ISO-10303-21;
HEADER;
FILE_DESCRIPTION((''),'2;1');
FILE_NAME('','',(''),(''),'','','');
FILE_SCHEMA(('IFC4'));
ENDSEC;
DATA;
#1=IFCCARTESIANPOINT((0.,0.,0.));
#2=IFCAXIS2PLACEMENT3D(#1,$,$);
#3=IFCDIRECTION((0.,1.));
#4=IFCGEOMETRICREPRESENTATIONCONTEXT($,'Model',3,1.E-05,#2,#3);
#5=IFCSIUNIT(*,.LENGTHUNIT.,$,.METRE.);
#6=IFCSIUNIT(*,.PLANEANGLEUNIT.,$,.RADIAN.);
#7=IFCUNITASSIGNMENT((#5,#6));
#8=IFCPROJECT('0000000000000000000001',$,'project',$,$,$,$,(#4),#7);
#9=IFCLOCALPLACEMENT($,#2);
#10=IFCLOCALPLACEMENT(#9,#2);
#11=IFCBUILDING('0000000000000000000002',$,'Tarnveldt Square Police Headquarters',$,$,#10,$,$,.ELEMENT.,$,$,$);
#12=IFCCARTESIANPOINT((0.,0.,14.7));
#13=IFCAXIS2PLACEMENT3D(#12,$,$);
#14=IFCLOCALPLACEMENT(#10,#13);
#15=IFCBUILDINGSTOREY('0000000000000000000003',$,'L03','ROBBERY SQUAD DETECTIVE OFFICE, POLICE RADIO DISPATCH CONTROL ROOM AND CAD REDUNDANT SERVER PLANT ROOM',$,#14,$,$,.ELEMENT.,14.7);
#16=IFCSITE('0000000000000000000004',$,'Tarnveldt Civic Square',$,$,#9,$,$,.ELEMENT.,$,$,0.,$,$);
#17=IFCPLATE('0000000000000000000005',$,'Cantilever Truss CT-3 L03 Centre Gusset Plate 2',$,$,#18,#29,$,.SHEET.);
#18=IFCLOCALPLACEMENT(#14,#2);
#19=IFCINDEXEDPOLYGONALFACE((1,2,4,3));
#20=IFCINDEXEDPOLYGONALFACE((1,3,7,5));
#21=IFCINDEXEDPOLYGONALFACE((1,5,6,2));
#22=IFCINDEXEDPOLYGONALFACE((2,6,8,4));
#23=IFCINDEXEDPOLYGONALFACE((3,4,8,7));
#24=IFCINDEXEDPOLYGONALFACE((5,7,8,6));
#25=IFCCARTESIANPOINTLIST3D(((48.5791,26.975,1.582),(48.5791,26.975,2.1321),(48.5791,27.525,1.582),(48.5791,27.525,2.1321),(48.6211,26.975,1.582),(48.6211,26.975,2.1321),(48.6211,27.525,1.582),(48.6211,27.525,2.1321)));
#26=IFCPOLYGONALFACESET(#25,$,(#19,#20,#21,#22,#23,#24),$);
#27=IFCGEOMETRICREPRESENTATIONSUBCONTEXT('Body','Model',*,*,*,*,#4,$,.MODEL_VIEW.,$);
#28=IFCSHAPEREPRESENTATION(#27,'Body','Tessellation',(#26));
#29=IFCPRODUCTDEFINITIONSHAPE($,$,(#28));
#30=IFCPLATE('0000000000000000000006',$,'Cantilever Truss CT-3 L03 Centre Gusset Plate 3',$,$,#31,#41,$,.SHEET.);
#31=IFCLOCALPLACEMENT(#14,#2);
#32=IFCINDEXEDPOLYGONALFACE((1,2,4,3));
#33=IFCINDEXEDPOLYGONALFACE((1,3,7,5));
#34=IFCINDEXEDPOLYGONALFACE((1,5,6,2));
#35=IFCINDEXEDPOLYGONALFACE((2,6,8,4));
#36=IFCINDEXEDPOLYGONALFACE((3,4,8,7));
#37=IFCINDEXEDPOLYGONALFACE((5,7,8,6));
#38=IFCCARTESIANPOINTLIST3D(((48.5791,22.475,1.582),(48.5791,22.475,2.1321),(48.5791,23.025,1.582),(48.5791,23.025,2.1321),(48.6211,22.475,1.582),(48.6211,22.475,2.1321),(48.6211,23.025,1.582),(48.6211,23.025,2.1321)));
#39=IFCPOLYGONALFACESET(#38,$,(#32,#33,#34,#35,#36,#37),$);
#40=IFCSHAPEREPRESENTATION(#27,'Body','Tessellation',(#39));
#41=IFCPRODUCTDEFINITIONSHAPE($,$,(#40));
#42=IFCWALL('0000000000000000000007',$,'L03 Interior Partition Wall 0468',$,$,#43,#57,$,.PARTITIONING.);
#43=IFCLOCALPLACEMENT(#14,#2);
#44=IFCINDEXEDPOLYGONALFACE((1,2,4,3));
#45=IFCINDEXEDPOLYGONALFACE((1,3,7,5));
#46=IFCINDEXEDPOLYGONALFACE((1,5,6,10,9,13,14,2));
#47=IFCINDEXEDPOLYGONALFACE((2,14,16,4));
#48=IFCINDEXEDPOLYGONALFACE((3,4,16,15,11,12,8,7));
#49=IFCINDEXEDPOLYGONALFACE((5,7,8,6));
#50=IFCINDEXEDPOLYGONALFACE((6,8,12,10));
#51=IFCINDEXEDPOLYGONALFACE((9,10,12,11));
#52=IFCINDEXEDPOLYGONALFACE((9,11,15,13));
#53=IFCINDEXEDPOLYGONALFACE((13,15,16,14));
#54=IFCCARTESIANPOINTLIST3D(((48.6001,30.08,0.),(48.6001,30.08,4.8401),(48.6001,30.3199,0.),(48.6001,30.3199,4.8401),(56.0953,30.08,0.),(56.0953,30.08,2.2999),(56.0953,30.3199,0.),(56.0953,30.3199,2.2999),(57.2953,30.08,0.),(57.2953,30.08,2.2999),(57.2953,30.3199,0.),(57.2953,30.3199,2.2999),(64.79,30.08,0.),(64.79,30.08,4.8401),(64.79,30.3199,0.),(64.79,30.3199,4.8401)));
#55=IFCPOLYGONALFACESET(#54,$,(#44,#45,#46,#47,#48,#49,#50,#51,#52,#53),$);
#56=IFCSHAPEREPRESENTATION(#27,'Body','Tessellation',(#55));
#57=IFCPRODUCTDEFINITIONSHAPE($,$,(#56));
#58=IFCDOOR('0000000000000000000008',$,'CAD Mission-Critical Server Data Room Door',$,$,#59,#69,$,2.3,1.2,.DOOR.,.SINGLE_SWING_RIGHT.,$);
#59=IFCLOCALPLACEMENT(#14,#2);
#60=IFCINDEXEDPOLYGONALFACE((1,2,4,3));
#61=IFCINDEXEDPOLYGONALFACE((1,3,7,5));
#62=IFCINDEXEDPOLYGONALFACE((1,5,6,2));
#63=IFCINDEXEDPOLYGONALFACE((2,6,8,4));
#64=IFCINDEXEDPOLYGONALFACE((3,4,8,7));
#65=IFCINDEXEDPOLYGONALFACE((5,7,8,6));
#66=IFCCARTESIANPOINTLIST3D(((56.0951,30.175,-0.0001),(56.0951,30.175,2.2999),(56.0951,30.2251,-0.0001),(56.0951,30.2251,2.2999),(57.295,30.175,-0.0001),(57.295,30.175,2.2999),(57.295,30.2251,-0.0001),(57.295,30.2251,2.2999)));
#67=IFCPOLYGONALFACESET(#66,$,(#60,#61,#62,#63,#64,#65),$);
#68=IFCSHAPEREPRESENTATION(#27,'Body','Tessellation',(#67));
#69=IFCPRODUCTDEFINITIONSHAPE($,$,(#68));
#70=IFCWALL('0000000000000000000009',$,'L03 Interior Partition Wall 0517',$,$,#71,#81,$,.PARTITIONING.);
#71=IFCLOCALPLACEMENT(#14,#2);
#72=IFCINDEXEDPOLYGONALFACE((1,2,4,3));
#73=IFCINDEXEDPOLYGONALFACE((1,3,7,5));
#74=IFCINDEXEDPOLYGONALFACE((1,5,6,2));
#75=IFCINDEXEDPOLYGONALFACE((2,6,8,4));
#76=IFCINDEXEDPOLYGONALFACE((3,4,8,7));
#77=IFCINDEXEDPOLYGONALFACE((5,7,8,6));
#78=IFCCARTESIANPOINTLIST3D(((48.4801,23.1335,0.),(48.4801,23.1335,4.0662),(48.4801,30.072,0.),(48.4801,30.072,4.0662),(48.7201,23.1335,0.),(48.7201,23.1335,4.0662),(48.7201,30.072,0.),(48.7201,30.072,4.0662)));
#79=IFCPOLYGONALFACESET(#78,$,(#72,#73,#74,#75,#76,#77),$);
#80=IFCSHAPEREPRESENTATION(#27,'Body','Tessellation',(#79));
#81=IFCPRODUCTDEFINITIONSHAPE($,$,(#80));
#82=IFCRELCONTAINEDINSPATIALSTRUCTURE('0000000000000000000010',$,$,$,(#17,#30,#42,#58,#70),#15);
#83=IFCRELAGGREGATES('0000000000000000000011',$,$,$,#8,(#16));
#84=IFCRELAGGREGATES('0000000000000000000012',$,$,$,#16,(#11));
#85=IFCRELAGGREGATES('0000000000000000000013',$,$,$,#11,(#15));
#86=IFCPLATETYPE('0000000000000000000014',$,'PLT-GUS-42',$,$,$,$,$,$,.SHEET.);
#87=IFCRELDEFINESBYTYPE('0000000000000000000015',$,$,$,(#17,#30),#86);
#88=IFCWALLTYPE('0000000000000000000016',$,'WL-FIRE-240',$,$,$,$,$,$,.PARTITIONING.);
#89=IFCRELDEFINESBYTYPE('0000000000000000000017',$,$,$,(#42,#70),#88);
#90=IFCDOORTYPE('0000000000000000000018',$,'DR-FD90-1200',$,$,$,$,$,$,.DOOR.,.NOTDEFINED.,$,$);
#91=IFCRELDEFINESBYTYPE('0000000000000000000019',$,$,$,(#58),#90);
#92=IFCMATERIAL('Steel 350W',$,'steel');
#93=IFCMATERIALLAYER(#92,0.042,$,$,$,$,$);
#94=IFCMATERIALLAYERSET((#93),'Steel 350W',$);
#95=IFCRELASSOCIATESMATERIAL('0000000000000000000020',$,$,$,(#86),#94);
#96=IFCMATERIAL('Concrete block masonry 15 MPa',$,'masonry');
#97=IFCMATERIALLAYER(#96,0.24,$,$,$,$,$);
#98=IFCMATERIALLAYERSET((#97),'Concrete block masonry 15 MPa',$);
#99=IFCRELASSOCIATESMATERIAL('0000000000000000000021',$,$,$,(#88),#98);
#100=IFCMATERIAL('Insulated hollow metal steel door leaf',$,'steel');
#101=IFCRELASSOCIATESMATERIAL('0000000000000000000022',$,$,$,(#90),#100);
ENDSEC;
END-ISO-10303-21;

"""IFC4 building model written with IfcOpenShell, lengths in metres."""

from ifc_helpers import new_model, si_unit, direction, frame, frame_2d, origin, origin_2d, place, context, subcontext, project, spatial, rectangle, extrude, material, layer, layer_set, type_object, element, fill, save


model = new_model("IFC4")

# Units and contexts
model_context = context("Model", 3, precision=1e-05, world=origin(), true_north=direction((0.0, 1.0)))
body_context = subcontext(model_context, "Body", "Model", "MODEL_VIEW")
ifc_project = project(units=[si_unit("LENGTHUNIT", "METRE"), si_unit("PLANEANGLEUNIT", "RADIAN")], contexts=[model_context])

# Site, building, storey
site_placement = place(None, origin())
site = spatial("IfcSite", under=ifc_project, at=site_placement, Name="Tarnveldt Civic Square", CompositionType="ELEMENT", RefElevation=0.0)
building_placement = place(site_placement, origin())
building = spatial("IfcBuilding", under=site, at=building_placement, Name="Tarnveldt Square Police Headquarters", CompositionType="ELEMENT")
storey_placement = place(building_placement, frame((0.0, 0.0, 14.7)))
storey = spatial("IfcBuildingStorey", under=building, at=storey_placement, Name="L03", Description="ROBBERY SQUAD DETECTIVE OFFICE, POLICE RADIO DISPATCH CONTROL ROOM AND CAD REDUNDANT SERVER PLANT ROOM", CompositionType="ELEMENT", Elevation=14.7)

# Shared definitions
ifc_material_1 = material(Name="Steel 350W", Category="steel")

# Plates
ifc_layer_1 = layer(ifc_material_1, 0.042)
ifc_layer_set_1 = layer_set([ifc_layer_1], Name="Steel 350W")
plate_type_1 = type_object("IfcPlateType", Name="PLT-GUS-42", PredefinedType="SHEET", material=ifc_layer_set_1)
for number, where, z_axis, x_axis, name in (
    (1, (48.6001, 27.25, 1.582), (0.0, 0.0, 1.0), (1.0, 0.0, 0.0), "Cantilever Truss CT-3 L03 Centre Gusset Plate 2"),
    (2, (48.6001, 22.75, 1.582), (0.0, 0.0, 1.0), (1.0, 0.0, 0.0), "Cantilever Truss CT-3 L03 Centre Gusset Plate 3"),
):
    element("IfcPlate", number, at=place(storey_placement, frame(where, z_axis=z_axis, x_axis=x_axis)), inside=storey, type_object=plate_type_1, Name=name, PredefinedType="SHEET", context=body_context, shape_type="SweptSolid", body=[
        extrude(rectangle(XDim=0.042, YDim=0.55, at=origin_2d()), origin(), (0.0, 0.0, 1.0), 0.55),
    ])

# Wall, opening, door
ifc_material_2 = material(Name="Concrete block masonry 15 MPa", Category="masonry")
ifc_layer_2 = layer(ifc_material_2, 0.24)
ifc_layer_set_2 = layer_set([ifc_layer_2], Name="Concrete block masonry 15 MPa")
wall_type = type_object("IfcWallType", Name="WL-FIRE-240", PredefinedType="PARTITIONING", material=ifc_layer_set_2)
wall_1_placement = place(storey_placement, frame((48.6001, 30.2, 0.0), z_axis=(0.0, 0.0, 1.0), x_axis=(1.0, 0.0, 0.0)))
wall_1 = element("IfcWall", 3, at=wall_1_placement, inside=storey, type_object=wall_type, Name="L03 Interior Partition Wall 0468", PredefinedType="PARTITIONING", context=body_context, shape_type="SweptSolid", body=[
    extrude(rectangle(XDim=16.1899, YDim=0.24, at=frame_2d((8.095, 0.0))), origin(), (0.0, 0.0, 1.0), 4.8401),
])
opening_placement = place(wall_1_placement, frame((7.4951, 0.0, 0.0)))
opening = element("IfcOpeningElement", 4, at=opening_placement, cuts=wall_1, PredefinedType="OPENING", context=body_context, shape_type="SweptSolid", body=[
    extrude(rectangle(XDim=1.2, YDim=2.3, at=frame_2d((0.6001, 1.1499))), frame((0.0, 0.1299, 0.0), z_axis=(0.0, -1.0, 0.0), x_axis=(1.0, 0.0, 0.0)), (0.0, 0.0, 1.0), 0.26),
])
ifc_material_3 = material(Name="Insulated hollow metal steel door leaf", Category="steel")
door_type = type_object("IfcDoorType", Name="DR-FD90-1200", OperationType="NOTDEFINED", PredefinedType="DOOR", material=ifc_material_3)
door_placement = place(opening_placement, frame((1.2, 0.0, 0.0), z_axis=(0.0, 0.0, 1.0), x_axis=(-1.0, 0.0, 0.0)))
door = element("IfcDoor", 5, at=door_placement, inside=storey, type_object=door_type, Name="CAD Mission-Critical Server Data Room Door", OperationType="SINGLE_SWING_RIGHT", OverallHeight=2.3, OverallWidth=1.2, PredefinedType="DOOR", context=body_context, shape_type="SweptSolid", body=[
    extrude(rectangle(XDim=1.2, YDim=2.3, at=frame_2d((0.6001, 1.1499))), frame((0.0, 0.0249, 0.0), z_axis=(0.0, -1.0, 0.0), x_axis=(1.0, 0.0, 0.0)), (0.0, 0.0, 1.0), 0.05),
])
fill(opening, door)

# Wall
wall_2_placement = place(storey_placement, frame((48.6001, 23.1335, 0.0), z_axis=(0.0, 0.0, 1.0), x_axis=(0.0, 1.0, 0.0)))
element("IfcWall", 6, at=wall_2_placement, inside=storey, type_object=wall_type, Name="L03 Interior Partition Wall 0517", PredefinedType="PARTITIONING", context=body_context, shape_type="SweptSolid", body=[
    extrude(rectangle(XDim=6.9385, YDim=0.24, at=frame_2d((3.4692, 0.0))), origin(), (0.0, 0.0, 1.0), 4.0662),
])

save(model, "model.ifc")
